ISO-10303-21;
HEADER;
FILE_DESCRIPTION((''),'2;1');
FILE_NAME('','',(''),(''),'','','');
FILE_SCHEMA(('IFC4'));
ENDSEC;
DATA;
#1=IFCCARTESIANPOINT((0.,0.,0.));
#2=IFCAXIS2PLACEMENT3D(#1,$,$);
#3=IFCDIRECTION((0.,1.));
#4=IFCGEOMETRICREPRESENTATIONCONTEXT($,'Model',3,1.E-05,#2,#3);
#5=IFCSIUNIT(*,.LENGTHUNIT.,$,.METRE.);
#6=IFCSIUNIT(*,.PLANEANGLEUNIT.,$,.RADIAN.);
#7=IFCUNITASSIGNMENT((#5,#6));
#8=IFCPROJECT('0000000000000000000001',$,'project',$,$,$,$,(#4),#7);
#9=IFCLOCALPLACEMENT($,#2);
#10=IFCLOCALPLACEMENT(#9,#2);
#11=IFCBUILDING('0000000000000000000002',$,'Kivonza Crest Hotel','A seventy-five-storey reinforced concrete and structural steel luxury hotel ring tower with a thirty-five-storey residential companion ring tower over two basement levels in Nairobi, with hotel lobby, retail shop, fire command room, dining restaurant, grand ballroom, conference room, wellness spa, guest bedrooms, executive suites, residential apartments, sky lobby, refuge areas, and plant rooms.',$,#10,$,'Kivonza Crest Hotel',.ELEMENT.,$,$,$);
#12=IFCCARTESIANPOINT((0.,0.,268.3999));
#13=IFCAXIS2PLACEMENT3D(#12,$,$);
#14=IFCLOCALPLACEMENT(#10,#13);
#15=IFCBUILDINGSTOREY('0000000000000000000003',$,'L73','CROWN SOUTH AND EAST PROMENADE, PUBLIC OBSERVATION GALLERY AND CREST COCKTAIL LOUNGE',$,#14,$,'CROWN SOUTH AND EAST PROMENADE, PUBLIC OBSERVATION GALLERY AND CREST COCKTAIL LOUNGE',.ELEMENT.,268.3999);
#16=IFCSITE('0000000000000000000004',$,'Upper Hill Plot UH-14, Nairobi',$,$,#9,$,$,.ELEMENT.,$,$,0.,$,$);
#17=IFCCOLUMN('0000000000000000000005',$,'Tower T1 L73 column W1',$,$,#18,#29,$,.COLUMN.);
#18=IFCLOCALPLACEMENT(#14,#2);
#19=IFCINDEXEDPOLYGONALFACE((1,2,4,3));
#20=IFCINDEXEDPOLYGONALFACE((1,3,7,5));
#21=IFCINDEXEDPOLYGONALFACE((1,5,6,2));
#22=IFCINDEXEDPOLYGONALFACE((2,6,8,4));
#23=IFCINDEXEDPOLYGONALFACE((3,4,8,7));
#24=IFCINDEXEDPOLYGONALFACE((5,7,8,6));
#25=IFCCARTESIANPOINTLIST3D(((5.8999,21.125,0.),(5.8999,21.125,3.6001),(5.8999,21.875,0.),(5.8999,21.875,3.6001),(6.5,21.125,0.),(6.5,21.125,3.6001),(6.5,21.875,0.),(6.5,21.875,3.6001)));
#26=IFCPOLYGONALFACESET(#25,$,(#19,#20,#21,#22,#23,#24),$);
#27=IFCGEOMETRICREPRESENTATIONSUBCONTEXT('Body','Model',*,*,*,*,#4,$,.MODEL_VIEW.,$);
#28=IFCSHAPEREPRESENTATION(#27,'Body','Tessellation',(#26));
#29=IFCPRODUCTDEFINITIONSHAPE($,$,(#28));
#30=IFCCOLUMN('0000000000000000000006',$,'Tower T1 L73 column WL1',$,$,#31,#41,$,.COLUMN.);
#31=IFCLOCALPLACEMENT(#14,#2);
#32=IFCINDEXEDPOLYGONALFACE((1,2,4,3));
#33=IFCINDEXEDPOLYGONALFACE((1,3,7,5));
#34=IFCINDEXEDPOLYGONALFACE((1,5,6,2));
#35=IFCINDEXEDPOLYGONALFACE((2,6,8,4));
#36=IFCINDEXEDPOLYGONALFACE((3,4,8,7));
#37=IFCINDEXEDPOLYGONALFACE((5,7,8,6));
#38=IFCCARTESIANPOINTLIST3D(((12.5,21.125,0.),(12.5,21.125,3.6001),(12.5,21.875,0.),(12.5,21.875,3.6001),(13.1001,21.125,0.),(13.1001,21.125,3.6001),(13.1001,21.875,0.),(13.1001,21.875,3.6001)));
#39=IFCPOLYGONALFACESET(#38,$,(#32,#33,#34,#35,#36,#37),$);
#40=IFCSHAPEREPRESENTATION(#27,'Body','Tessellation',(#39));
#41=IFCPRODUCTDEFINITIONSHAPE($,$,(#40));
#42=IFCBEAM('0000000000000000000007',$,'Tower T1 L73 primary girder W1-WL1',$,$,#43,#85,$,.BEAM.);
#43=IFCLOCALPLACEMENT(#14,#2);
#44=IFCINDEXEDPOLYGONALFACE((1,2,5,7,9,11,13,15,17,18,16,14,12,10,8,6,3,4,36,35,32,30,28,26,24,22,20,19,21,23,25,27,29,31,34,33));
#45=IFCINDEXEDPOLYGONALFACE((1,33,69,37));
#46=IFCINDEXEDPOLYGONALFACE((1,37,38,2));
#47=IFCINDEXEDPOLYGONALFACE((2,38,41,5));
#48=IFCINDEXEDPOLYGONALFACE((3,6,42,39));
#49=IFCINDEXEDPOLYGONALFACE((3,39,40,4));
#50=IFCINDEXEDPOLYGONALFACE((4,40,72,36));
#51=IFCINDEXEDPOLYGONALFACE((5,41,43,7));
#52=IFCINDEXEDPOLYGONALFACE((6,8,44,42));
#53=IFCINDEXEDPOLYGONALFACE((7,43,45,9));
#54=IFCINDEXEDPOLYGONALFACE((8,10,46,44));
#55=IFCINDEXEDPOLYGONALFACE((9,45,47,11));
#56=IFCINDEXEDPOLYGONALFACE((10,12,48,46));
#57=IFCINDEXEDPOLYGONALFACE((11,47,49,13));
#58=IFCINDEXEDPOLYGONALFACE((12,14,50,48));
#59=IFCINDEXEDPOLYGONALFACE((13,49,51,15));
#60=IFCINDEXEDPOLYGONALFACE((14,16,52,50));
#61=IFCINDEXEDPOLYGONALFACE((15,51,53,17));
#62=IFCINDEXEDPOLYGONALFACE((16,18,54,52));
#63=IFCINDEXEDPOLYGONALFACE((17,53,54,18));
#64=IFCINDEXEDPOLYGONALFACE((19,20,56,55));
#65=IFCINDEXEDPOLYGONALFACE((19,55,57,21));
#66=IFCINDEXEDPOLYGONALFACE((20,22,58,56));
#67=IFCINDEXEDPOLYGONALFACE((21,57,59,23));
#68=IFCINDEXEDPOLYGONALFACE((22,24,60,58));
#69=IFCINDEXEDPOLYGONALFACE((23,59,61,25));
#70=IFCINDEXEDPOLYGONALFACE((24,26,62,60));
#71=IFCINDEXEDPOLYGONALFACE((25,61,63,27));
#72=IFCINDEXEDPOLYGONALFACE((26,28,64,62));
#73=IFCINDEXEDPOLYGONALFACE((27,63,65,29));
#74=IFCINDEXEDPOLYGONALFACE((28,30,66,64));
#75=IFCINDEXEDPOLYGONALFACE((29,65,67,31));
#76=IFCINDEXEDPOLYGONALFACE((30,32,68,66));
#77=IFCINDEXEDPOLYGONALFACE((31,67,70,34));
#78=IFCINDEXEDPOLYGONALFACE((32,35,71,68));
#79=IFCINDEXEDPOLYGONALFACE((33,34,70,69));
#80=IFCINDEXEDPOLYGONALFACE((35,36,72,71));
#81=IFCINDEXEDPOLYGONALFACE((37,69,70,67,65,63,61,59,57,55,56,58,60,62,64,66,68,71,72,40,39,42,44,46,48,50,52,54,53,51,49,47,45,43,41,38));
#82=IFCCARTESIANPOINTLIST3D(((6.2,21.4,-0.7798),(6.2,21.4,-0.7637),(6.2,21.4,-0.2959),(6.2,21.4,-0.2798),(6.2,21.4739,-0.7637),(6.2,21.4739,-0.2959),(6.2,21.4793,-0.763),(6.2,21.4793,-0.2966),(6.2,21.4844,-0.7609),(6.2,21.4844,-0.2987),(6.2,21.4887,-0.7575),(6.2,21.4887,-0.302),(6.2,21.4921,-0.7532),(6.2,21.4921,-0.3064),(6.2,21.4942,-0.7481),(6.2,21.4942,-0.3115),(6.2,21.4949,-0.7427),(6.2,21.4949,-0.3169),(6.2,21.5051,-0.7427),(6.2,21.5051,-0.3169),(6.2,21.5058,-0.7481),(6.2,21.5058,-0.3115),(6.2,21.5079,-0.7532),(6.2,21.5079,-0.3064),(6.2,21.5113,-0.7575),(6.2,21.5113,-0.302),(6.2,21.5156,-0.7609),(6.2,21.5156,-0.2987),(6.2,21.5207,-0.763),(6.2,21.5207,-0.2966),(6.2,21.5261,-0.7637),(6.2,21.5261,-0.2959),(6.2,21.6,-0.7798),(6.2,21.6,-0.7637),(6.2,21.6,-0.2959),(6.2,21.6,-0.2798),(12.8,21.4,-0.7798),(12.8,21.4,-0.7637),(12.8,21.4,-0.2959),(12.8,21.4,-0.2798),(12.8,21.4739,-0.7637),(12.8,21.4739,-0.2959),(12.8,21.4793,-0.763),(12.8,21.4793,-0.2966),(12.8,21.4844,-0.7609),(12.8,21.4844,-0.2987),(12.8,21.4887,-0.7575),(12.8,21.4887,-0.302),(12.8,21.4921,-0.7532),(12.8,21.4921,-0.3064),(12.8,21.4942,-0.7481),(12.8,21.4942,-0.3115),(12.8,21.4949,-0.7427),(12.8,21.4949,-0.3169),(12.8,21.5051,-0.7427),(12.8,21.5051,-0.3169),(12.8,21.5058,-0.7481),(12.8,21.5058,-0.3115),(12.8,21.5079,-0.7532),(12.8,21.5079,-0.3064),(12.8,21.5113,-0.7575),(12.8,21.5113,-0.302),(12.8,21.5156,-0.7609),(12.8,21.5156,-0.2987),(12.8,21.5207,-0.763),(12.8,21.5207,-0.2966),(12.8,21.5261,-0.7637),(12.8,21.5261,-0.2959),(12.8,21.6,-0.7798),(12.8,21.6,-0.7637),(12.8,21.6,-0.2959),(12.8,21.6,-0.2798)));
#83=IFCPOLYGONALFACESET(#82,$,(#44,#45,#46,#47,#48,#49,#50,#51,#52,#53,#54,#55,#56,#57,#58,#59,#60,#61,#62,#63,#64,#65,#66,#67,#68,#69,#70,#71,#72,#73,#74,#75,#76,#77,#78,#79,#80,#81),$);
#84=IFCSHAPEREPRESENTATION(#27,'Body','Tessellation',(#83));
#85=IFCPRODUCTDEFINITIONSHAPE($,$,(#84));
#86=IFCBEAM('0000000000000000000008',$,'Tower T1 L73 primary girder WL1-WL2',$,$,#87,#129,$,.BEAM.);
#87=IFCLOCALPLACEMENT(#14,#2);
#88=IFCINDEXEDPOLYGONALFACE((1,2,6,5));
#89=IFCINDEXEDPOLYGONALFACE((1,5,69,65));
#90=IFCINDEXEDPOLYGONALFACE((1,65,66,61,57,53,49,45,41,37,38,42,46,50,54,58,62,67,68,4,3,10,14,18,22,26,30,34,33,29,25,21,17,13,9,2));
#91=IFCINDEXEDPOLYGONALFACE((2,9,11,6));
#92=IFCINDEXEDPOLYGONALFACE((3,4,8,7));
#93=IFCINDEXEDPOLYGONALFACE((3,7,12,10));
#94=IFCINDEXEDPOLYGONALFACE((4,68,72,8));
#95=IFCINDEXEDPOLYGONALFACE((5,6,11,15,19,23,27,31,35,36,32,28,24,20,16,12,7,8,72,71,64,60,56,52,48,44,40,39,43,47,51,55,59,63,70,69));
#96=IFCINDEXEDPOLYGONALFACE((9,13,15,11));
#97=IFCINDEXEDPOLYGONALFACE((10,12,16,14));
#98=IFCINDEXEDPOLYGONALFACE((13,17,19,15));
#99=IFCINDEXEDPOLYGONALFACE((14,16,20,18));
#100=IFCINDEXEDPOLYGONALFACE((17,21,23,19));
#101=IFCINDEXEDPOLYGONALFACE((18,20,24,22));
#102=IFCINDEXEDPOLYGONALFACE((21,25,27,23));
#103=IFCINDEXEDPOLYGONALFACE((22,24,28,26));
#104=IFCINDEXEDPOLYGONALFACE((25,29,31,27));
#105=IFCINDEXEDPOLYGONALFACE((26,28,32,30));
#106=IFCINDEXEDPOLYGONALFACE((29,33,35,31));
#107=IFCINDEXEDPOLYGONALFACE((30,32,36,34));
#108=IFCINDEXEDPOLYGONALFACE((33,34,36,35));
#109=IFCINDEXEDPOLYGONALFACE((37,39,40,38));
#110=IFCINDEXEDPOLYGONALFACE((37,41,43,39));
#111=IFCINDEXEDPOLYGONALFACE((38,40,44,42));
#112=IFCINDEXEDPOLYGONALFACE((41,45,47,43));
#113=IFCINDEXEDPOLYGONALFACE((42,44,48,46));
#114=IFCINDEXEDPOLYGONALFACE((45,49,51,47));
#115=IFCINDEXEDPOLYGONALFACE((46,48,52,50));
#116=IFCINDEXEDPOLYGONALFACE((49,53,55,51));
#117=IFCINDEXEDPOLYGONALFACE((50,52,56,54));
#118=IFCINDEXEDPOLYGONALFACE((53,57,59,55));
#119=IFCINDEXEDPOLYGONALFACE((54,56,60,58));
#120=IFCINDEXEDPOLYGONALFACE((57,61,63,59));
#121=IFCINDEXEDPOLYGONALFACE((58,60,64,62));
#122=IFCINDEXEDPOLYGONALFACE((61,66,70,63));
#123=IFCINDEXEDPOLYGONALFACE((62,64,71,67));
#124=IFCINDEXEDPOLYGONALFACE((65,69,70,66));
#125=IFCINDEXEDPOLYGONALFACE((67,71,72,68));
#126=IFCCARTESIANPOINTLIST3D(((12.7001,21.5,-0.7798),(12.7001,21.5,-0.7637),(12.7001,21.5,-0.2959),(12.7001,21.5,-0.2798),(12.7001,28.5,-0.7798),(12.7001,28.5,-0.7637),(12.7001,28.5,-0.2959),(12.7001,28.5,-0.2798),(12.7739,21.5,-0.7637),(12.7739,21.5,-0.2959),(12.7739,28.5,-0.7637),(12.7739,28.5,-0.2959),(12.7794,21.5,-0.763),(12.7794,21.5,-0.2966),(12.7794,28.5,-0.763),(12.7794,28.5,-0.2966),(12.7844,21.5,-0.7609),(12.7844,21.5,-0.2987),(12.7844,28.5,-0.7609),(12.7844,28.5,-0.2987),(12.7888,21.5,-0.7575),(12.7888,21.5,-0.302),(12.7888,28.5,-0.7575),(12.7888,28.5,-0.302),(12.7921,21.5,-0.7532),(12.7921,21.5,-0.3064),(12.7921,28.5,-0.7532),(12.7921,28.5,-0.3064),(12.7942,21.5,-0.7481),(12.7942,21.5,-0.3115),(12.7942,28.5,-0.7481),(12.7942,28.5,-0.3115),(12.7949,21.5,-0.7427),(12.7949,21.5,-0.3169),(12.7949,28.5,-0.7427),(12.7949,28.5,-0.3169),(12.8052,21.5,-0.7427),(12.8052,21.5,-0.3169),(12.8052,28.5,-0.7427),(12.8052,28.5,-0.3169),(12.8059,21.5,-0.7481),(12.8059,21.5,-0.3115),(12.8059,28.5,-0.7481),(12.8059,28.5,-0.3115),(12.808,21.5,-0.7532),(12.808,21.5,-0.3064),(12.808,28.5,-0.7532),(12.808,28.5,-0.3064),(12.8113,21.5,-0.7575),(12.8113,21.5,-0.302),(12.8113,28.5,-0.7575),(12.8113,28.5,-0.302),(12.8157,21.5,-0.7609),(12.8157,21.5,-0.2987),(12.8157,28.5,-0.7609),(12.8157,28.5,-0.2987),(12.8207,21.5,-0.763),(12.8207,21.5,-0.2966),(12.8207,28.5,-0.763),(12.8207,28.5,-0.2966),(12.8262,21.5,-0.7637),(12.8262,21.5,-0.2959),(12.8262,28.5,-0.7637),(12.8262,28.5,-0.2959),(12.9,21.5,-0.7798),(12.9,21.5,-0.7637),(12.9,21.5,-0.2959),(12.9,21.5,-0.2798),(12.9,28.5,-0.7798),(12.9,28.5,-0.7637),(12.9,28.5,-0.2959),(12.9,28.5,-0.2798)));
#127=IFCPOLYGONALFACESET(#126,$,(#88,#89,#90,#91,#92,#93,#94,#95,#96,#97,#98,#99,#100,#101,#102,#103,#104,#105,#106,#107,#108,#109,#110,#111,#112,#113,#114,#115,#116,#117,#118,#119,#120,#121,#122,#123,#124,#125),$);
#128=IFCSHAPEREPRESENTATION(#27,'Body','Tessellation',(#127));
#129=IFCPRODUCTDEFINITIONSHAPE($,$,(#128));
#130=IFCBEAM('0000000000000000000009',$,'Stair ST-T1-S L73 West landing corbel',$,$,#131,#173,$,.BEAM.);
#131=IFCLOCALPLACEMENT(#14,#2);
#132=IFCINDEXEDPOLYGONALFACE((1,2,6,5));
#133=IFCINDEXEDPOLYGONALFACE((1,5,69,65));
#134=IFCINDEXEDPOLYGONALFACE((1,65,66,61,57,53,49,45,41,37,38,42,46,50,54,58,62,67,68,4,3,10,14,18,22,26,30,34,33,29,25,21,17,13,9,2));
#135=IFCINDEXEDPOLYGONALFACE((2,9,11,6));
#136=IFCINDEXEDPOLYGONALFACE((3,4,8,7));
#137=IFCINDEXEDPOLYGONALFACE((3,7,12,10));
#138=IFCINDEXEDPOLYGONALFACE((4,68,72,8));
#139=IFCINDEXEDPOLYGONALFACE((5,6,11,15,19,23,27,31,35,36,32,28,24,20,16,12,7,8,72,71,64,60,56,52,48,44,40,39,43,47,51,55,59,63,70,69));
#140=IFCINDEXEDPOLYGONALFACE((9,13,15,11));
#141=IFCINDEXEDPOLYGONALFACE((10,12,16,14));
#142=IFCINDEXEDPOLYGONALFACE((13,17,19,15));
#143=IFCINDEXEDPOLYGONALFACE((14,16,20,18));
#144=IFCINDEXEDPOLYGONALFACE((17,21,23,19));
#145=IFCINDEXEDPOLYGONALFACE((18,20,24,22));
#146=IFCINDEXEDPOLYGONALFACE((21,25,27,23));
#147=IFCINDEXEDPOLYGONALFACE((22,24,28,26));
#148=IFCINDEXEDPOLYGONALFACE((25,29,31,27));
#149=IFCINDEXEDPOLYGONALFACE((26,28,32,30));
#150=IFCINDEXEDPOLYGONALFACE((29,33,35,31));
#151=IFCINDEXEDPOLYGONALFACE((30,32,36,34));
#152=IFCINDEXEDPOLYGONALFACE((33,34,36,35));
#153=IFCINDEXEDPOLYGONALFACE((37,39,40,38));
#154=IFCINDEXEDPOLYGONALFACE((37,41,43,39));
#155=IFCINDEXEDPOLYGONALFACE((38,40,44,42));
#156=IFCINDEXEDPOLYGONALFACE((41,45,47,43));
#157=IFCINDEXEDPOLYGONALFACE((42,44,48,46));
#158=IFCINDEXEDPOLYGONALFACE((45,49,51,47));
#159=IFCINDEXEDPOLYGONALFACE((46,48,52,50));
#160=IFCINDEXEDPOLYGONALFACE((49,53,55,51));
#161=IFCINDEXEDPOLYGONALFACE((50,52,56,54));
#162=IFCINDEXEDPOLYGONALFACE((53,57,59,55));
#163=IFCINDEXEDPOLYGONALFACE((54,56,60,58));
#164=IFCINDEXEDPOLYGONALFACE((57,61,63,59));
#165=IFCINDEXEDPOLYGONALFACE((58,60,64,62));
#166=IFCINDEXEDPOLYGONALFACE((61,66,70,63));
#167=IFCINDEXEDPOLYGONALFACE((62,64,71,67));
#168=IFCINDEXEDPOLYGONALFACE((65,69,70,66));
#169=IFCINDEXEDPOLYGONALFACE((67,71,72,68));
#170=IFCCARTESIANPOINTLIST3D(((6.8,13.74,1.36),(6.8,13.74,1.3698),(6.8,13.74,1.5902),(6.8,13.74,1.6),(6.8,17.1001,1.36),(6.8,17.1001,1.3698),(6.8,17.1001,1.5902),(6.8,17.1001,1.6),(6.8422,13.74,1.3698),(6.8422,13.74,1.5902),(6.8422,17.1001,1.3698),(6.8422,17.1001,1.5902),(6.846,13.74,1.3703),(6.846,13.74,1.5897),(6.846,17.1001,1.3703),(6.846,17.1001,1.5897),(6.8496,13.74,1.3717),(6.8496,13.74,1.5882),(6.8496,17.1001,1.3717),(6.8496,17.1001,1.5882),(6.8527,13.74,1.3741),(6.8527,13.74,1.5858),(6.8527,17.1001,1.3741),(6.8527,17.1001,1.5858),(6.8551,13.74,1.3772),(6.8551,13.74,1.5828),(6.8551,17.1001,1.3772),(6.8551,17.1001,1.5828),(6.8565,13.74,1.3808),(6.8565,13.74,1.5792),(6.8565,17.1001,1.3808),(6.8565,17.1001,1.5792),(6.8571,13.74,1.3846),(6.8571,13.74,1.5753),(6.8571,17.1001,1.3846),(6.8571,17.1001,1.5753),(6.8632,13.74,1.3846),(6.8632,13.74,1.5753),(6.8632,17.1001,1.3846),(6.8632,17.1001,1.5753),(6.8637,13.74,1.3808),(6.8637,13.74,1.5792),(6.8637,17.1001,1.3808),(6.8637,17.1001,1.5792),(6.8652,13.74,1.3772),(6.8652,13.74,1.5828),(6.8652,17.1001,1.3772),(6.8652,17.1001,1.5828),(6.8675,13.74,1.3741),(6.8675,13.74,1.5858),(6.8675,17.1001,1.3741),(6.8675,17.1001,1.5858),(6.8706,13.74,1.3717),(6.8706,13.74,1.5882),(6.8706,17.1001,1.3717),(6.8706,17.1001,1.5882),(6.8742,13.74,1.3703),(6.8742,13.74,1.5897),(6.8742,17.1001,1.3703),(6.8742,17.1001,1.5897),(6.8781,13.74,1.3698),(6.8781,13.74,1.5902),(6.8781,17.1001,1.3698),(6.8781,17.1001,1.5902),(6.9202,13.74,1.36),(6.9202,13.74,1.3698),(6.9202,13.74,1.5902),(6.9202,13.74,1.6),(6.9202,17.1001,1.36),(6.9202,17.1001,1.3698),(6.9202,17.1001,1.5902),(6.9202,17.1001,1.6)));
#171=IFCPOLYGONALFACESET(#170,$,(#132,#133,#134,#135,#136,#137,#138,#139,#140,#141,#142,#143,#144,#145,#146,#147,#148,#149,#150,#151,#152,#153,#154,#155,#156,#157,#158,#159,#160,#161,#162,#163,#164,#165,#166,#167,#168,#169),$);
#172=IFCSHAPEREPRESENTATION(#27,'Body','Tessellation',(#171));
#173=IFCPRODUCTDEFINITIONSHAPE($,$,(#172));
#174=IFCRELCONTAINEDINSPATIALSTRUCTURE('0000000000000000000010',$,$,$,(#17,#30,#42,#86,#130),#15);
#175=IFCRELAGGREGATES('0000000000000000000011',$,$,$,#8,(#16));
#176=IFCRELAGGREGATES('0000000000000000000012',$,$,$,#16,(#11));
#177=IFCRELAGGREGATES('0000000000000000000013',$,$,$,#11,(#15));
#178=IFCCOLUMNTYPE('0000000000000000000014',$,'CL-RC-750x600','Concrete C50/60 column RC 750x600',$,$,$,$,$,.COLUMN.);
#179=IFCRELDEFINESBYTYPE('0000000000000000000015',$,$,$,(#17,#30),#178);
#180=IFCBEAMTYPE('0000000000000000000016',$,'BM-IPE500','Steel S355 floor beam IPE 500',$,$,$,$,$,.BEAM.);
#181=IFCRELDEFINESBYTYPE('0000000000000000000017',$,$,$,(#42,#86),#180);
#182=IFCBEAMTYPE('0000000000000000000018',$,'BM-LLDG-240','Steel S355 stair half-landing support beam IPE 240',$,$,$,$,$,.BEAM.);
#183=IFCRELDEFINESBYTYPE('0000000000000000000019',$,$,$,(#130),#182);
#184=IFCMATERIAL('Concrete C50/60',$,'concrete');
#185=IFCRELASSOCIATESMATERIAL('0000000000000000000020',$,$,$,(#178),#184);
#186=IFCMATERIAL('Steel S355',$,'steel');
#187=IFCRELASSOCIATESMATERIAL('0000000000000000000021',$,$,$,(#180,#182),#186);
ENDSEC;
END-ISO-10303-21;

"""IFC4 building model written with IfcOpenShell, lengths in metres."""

from ifc_helpers import new_model, si_unit, direction, frame, origin, origin_2d, place, context, subcontext, project, spatial, rectangle, i_section, extrude, material, material_profile, profile_set, type_object, element, save


model = new_model("IFC4")

# Units and contexts
model_context = context("Model", 3, precision=1e-05, world=origin(), true_north=direction((0.0, 1.0)))
body_context = subcontext(model_context, "Body", "Model", "MODEL_VIEW")
ifc_project = project(units=[si_unit("LENGTHUNIT", "METRE"), si_unit("PLANEANGLEUNIT", "RADIAN")], contexts=[model_context])

# Site, building, storey
site_placement = place(None, origin())
site = spatial("IfcSite", under=ifc_project, at=site_placement, Name="Upper Hill Plot UH-14, Nairobi", CompositionType="ELEMENT", RefElevation=0.0)
building_placement = place(site_placement, origin())
building = spatial("IfcBuilding", under=site, at=building_placement, Name="Kivonza Crest Hotel", Description="A seventy-five-storey reinforced concrete and structural steel luxury hotel ring tower with a thirty-five-storey residential companion ring tower over two basement levels in Nairobi, with hotel lobby, retail shop, fire command room, dining restaurant, grand ballroom, conference room, wellness spa, guest bedrooms, executive suites, residential apartments, sky lobby, refuge areas, and plant rooms.", LongName="Kivonza Crest Hotel", CompositionType="ELEMENT")
storey_placement = place(building_placement, frame((0.0, 0.0, 268.3999)))
storey = spatial("IfcBuildingStorey", under=building, at=storey_placement, Name="L73", Description="CROWN SOUTH AND EAST PROMENADE, PUBLIC OBSERVATION GALLERY AND CREST COCKTAIL LOUNGE", LongName="CROWN SOUTH AND EAST PROMENADE, PUBLIC OBSERVATION GALLERY AND CREST COCKTAIL LOUNGE", CompositionType="ELEMENT", Elevation=268.3999)

# Columns
ifc_material_1 = material(Name="Concrete C50/60", Category="concrete")
ifc_material_profile_1 = material_profile(ifc_material_1, rectangle(XDim=0.6001, YDim=0.75, at=origin_2d()), Name="RC 750x600")
ifc_profile_set_1 = profile_set([ifc_material_profile_1], Name="Concrete C50/60")
column_type = type_object("IfcColumnType", Name="CL-RC-750x600", Description="Concrete C50/60 column RC 750x600", PredefinedType="COLUMN", material=ifc_profile_set_1)
for number, where, z_axis, x_axis, name in (
    (1, (6.2, 21.5, 0.0), (0.0, 0.0, 1.0), (1.0, 0.0, 0.0), "Tower T1 L73 column W1"),
    (2, (12.8, 21.5, 0.0), (0.0, 0.0, 1.0), (1.0, 0.0, 0.0), "Tower T1 L73 column WL1"),
):
    element("IfcColumn", number, at=place(storey_placement, frame(where, z_axis=z_axis, x_axis=x_axis)), inside=storey, type_object=column_type, Name=name, PredefinedType="COLUMN", context=body_context, shape_type="SweptSolid", body=[
        extrude(rectangle(XDim=0.6001, YDim=0.75, at=origin_2d()), origin(), (0.0, 0.0, 1.0), 3.6001),
    ])

# Beams
ifc_material_2 = material(Name="Steel S355", Category="steel")
ifc_material_profile_2 = material_profile(ifc_material_2, i_section(OverallWidth=0.2, OverallDepth=0.5, WebThickness=0.0103, FlangeThickness=0.0161, FilletRadius=0.021, at=origin_2d()), Name="IPE 500")
ifc_profile_set_2 = profile_set([ifc_material_profile_2], Name="Steel S355")
beam_type_1 = type_object("IfcBeamType", Name="BM-IPE500", Description="Steel S355 floor beam IPE 500", PredefinedType="BEAM", material=ifc_profile_set_2)
beam_1_placement = place(storey_placement, frame((6.2, 21.5, -0.5298), z_axis=(1.0, 0.0, 0.0), x_axis=(0.0, 1.0, 0.0)))
element("IfcBeam", 3, at=beam_1_placement, inside=storey, type_object=beam_type_1, Name="Tower T1 L73 primary girder W1-WL1", PredefinedType="BEAM", context=body_context, shape_type="SweptSolid", body=[
    extrude(i_section(OverallWidth=0.2, OverallDepth=0.5, WebThickness=0.0103, FlangeThickness=0.0161, FilletRadius=0.021, at=origin_2d()), origin(), (0.0, 0.0, 1.0), 6.6001),
])
beam_2_placement = place(storey_placement, frame((12.8, 21.5, -0.5298), z_axis=(0.0, 1.0, 0.0), x_axis=(-1.0, 0.0, 0.0)))
element("IfcBeam", 4, at=beam_2_placement, inside=storey, type_object=beam_type_1, Name="Tower T1 L73 primary girder WL1-WL2", PredefinedType="BEAM", context=body_context, shape_type="SweptSolid", body=[
    extrude(i_section(OverallWidth=0.2, OverallDepth=0.5, WebThickness=0.0103, FlangeThickness=0.0161, FilletRadius=0.021, at=origin_2d()), origin(), (0.0, 0.0, 1.0), 7.0),
])
ifc_material_profile_3 = material_profile(ifc_material_2, i_section(OverallWidth=0.1201, OverallDepth=0.24, WebThickness=0.0061, FlangeThickness=0.0098, FilletRadius=0.0149, at=origin_2d()), Name="IPE 240")
ifc_profile_set_3 = profile_set([ifc_material_profile_3], Name="Steel S355")
beam_type_2 = type_object("IfcBeamType", Name="BM-LLDG-240", Description="Steel S355 stair half-landing support beam IPE 240", PredefinedType="BEAM", material=ifc_profile_set_3)
beam_3_placement = place(storey_placement, frame((6.8601, 13.74, 1.48), z_axis=(0.0, 1.0, 0.0), x_axis=(-1.0, 0.0, 0.0)))
element("IfcBeam", 5, at=beam_3_placement, inside=storey, type_object=beam_type_2, Name="Stair ST-T1-S L73 West landing corbel", PredefinedType="BEAM", context=body_context, shape_type="SweptSolid", body=[
    extrude(i_section(OverallWidth=0.1201, OverallDepth=0.24, WebThickness=0.0061, FlangeThickness=0.0098, FilletRadius=0.0149, at=origin_2d()), origin(), (0.0, 0.0, 1.0), 3.3601),
])

save(model, "model.ifc")
